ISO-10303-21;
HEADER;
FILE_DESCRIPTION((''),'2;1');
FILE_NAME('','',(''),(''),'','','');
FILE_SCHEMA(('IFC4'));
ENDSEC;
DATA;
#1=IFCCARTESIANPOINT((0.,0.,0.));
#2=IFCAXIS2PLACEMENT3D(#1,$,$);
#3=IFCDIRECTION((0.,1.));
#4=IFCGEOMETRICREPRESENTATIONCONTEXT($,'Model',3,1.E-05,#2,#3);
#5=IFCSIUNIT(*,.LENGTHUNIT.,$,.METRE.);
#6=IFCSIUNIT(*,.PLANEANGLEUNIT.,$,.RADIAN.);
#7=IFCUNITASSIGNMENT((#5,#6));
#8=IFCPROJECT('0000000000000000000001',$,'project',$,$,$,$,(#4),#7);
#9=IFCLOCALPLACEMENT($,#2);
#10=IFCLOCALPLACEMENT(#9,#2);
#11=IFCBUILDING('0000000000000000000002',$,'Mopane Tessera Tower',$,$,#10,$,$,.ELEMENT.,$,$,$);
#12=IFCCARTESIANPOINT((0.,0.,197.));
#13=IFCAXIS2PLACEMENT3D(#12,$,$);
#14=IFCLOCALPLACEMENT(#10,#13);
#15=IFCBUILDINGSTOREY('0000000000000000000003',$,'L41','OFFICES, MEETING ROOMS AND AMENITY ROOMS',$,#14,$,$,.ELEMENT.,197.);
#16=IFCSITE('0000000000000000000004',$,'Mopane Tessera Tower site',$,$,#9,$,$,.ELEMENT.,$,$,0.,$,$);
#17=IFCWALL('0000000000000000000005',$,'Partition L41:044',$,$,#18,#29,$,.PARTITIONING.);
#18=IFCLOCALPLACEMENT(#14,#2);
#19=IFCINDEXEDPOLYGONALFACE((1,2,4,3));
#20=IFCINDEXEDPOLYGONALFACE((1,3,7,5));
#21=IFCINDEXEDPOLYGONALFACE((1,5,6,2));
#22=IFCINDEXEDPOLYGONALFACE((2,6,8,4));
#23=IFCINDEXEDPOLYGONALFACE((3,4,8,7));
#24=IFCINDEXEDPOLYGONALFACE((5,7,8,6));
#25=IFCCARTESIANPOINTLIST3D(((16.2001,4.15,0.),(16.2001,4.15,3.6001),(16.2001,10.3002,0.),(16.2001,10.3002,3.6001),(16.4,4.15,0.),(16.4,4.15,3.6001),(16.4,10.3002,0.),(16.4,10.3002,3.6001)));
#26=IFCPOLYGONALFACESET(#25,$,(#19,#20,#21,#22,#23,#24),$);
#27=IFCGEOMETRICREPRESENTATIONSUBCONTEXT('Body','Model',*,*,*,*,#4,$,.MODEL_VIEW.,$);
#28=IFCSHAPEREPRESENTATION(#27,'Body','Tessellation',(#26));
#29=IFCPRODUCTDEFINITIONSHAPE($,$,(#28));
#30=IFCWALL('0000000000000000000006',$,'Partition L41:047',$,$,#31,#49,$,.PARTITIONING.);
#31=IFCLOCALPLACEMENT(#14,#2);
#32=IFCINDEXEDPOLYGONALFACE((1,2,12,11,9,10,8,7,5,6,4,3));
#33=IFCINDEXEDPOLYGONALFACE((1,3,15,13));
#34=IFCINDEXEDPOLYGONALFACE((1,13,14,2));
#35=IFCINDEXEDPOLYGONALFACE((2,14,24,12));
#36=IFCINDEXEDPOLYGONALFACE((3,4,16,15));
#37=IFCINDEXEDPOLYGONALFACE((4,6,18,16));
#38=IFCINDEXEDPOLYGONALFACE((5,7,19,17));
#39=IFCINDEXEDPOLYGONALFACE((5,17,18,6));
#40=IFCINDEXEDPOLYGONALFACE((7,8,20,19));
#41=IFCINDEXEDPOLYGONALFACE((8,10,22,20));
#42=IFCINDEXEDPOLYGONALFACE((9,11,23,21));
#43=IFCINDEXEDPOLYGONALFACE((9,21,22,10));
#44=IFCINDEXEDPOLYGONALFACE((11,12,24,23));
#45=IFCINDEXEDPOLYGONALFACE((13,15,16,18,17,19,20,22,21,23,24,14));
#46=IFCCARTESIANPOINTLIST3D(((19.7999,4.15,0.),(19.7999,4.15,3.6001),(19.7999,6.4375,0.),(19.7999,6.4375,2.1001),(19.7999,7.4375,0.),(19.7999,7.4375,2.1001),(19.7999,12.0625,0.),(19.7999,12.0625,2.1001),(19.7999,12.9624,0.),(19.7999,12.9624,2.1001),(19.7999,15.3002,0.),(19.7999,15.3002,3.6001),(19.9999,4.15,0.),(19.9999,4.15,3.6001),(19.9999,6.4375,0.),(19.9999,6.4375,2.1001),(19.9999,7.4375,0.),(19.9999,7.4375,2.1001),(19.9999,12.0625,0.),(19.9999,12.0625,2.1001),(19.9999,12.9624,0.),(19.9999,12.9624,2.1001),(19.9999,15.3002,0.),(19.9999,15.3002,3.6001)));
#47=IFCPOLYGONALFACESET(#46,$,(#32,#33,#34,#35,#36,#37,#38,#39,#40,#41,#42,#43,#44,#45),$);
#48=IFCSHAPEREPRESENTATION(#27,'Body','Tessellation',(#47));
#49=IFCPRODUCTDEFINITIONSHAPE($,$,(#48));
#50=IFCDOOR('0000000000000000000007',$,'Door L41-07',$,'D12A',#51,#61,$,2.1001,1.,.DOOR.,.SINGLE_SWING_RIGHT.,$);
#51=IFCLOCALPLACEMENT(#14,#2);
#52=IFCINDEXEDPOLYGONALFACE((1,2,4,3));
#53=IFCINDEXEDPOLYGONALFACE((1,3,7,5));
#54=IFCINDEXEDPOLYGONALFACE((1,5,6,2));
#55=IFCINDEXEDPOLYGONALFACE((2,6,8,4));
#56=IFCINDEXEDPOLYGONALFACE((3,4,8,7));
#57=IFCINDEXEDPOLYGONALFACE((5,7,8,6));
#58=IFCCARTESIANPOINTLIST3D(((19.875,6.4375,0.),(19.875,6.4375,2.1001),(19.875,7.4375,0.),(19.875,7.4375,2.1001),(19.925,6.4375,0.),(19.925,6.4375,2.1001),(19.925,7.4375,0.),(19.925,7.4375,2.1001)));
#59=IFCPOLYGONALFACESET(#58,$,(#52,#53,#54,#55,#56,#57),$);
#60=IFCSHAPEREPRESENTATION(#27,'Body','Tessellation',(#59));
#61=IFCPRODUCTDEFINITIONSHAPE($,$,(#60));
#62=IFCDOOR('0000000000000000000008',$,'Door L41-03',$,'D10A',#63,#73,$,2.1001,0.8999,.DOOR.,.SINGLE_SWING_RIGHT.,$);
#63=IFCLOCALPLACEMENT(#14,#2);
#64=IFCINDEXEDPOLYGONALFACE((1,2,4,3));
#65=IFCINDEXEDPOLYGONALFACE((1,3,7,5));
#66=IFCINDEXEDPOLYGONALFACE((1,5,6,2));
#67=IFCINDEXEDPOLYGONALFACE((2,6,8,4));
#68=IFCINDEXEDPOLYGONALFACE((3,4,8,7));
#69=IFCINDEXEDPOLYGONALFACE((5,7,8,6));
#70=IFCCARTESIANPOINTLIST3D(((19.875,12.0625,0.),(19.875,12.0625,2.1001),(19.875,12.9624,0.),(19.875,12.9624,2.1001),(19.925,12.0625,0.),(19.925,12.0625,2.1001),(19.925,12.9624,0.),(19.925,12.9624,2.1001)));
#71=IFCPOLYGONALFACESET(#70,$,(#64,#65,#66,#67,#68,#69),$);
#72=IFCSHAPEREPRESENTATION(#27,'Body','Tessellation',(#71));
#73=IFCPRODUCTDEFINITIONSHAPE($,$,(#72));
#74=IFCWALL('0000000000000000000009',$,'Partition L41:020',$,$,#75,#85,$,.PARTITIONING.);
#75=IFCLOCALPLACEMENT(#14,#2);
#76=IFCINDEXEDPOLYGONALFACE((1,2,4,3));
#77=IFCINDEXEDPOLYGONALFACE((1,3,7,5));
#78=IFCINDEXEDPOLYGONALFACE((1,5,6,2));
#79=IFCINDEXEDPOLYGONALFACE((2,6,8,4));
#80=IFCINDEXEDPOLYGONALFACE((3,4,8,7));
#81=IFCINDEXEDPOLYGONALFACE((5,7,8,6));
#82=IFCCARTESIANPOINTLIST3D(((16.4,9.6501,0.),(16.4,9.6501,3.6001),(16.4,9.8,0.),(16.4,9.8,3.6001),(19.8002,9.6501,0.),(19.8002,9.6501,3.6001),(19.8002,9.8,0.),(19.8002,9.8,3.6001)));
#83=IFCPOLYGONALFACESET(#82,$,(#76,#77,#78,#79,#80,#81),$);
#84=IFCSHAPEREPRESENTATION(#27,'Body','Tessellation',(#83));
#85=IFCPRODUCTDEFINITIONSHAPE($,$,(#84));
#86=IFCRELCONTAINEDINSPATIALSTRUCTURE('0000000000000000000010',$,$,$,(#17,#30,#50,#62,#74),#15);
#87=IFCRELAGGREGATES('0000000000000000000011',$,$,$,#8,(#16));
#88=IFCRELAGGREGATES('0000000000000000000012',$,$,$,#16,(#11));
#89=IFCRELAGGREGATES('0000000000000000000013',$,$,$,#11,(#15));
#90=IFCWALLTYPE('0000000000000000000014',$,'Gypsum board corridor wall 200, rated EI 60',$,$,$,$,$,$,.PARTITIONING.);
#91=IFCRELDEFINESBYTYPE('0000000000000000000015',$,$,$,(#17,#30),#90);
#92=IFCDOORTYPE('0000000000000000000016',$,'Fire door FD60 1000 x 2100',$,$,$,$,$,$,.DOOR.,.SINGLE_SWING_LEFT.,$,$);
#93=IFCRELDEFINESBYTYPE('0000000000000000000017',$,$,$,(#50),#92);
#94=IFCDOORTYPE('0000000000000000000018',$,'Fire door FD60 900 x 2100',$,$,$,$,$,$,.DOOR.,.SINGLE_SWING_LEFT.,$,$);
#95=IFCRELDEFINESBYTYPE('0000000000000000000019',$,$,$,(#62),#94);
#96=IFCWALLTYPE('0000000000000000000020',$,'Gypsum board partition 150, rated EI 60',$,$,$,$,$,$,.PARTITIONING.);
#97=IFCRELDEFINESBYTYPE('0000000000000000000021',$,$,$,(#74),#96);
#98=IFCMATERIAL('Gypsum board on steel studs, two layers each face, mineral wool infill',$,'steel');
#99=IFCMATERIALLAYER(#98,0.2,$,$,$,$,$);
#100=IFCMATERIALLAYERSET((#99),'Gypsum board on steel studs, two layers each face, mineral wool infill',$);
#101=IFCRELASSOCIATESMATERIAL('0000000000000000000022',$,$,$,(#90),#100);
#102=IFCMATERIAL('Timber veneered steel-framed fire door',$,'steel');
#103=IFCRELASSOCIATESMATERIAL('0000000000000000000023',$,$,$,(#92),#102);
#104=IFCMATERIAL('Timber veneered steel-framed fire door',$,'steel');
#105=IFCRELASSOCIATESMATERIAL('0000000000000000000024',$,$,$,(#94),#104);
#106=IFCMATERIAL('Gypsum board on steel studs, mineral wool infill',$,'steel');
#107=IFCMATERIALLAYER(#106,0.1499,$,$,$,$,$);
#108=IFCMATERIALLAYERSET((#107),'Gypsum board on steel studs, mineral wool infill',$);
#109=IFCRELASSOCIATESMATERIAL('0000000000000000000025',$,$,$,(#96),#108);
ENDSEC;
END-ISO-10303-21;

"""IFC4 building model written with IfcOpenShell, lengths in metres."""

from ifc_helpers import new_model, si_unit, direction, frame, frame_2d, origin, place, context, subcontext, project, spatial, rectangle, extrude, material, layer, layer_set, type_object, element, fill, save


model = new_model("IFC4")

# Units and contexts
model_context = context("Model", 3, precision=1e-05, world=origin(), true_north=direction((0.0, 1.0)))
body_context = subcontext(model_context, "Body", "Model", "MODEL_VIEW")
ifc_project = project(units=[si_unit("LENGTHUNIT", "METRE"), si_unit("PLANEANGLEUNIT", "RADIAN")], contexts=[model_context])

# Site, building, storey
site_placement = place(None, origin())
site = spatial("IfcSite", under=ifc_project, at=site_placement, Name="Mopane Tessera Tower site", CompositionType="ELEMENT", RefElevation=0.0)
building_placement = place(site_placement, origin())
building = spatial("IfcBuilding", under=site, at=building_placement, Name="Mopane Tessera Tower", CompositionType="ELEMENT")
storey_placement = place(building_placement, frame((0.0, 0.0, 197.0)))
storey = spatial("IfcBuildingStorey", under=building, at=storey_placement, Name="L41", Description="OFFICES, MEETING ROOMS AND AMENITY ROOMS", CompositionType="ELEMENT", Elevation=197.0)

# Wall
ifc_material_1 = material(Name="Gypsum board on steel studs, two layers each face, mineral wool infill", Category="steel")
ifc_layer_1 = layer(ifc_material_1, 0.2)
ifc_layer_set_1 = layer_set([ifc_layer_1], Name="Gypsum board on steel studs, two layers each face, mineral wool infill")
wall_type_1 = type_object("IfcWallType", Name="Gypsum board corridor wall 200, rated EI 60", PredefinedType="PARTITIONING", material=ifc_layer_set_1)
wall_1_placement = place(storey_placement, frame((16.3, 4.1499, 0.0), z_axis=(0.0, 0.0, 1.0), x_axis=(0.0, 1.0, 0.0)))
element("IfcWall", 1, at=wall_1_placement, inside=storey, type_object=wall_type_1, Name="Partition L41:044", PredefinedType="PARTITIONING", context=body_context, shape_type="SweptSolid", body=[
    extrude(rectangle(XDim=6.1501, YDim=0.2, at=frame_2d((3.0752, 0.0))), origin(), (0.0, 0.0, 1.0), 3.6001),
])

# Wall, openings, doors
wall_2_placement = place(storey_placement, frame((19.8999, 4.1499, 0.0), z_axis=(0.0, 0.0, 1.0), x_axis=(0.0, 1.0, 0.0)))
wall_2 = element("IfcWall", 2, at=wall_2_placement, inside=storey, type_object=wall_type_1, Name="Partition L41:047", PredefinedType="PARTITIONING", context=body_context, shape_type="SweptSolid", body=[
    extrude(rectangle(XDim=11.1501, YDim=0.2, at=frame_2d((5.5752, 0.0))), origin(), (0.0, 0.0, 1.0), 3.6001),
])
opening_1_placement = place(wall_2_placement, frame((7.9126, 0.0, 0.0)))
opening_1 = element("IfcOpeningElement", 3, at=opening_1_placement, cuts=wall_2, PredefinedType="OPENING", context=body_context, shape_type="SweptSolid", body=[
    extrude(rectangle(XDim=0.8999, YDim=2.1001, at=frame_2d((0.45, 1.05))), frame((0.0, 0.1121, 0.0), z_axis=(0.0, -1.0, 0.0), x_axis=(1.0, 0.0, 0.0)), (0.0, 0.0, 1.0), 0.2239),
])
opening_2_placement = place(wall_2_placement, frame((2.2876, 0.0, 0.0)))
opening_2 = element("IfcOpeningElement", 4, at=opening_2_placement, cuts=wall_2, PredefinedType="OPENING", context=body_context, shape_type="SweptSolid", body=[
    extrude(rectangle(XDim=1.0, YDim=2.1001, at=frame_2d((0.5, 1.05))), frame((0.0, 0.1121, 0.0), z_axis=(0.0, -1.0, 0.0), x_axis=(1.0, 0.0, 0.0)), (0.0, 0.0, 1.0), 0.2239),
])
ifc_material_2 = material(Name="Timber veneered steel-framed fire door", Category="steel")
door_type_1 = type_object("IfcDoorType", Name="Fire door FD60 1000 x 2100", OperationType="SINGLE_SWING_LEFT", PredefinedType="DOOR", material=ifc_material_2)
door_1_placement = place(opening_2_placement, origin())
door_1 = element("IfcDoor", 5, at=door_1_placement, inside=storey, type_object=door_type_1, Name="Door L41-07", ObjectType="D12A", OperationType="SINGLE_SWING_RIGHT", OverallHeight=2.1001, OverallWidth=1.0, PredefinedType="DOOR", context=body_context, shape_type="SweptSolid", body=[
    extrude(rectangle(XDim=1.0, YDim=2.1001, at=frame_2d((0.5, 1.05))), frame((0.0, 0.0249, 0.0), z_axis=(0.0, -1.0, 0.0), x_axis=(1.0, 0.0, 0.0)), (0.0, 0.0, 1.0), 0.05),
])
fill(opening_2, door_1)
ifc_material_3 = material(Name="Timber veneered steel-framed fire door", Category="steel")
door_type_2 = type_object("IfcDoorType", Name="Fire door FD60 900 x 2100", OperationType="SINGLE_SWING_LEFT", PredefinedType="DOOR", material=ifc_material_3)
door_2_placement = place(opening_1_placement, origin())
door_2 = element("IfcDoor", 6, at=door_2_placement, inside=storey, type_object=door_type_2, Name="Door L41-03", ObjectType="D10A", OperationType="SINGLE_SWING_RIGHT", OverallHeight=2.1001, OverallWidth=0.8999, PredefinedType="DOOR", context=body_context, shape_type="SweptSolid", body=[
    extrude(rectangle(XDim=0.8999, YDim=2.1001, at=frame_2d((0.45, 1.05))), frame((0.0, 0.0249, 0.0), z_axis=(0.0, -1.0, 0.0), x_axis=(1.0, 0.0, 0.0)), (0.0, 0.0, 1.0), 0.05),
])
fill(opening_1, door_2)

# Wall
ifc_material_4 = material(Name="Gypsum board on steel studs, mineral wool infill", Category="steel")
ifc_layer_2 = layer(ifc_material_4, 0.1499)
ifc_layer_set_2 = layer_set([ifc_layer_2], Name="Gypsum board on steel studs, mineral wool infill")
wall_type_2 = type_object("IfcWallType", Name="Gypsum board partition 150, rated EI 60", PredefinedType="PARTITIONING", material=ifc_layer_set_2)
wall_3_placement = place(storey_placement, frame((16.3999, 9.7251, 0.0), z_axis=(0.0, 0.0, 1.0), x_axis=(1.0, 0.0, 0.0)))
element("IfcWall", 7, at=wall_3_placement, inside=storey, type_object=wall_type_2, Name="Partition L41:020", PredefinedType="PARTITIONING", context=body_context, shape_type="SweptSolid", body=[
    extrude(rectangle(XDim=3.4001, YDim=0.1499, at=frame_2d((1.7002, 0.0))), origin(), (0.0, 0.0, 1.0), 3.6001),
])

save(model, "model.ifc")
